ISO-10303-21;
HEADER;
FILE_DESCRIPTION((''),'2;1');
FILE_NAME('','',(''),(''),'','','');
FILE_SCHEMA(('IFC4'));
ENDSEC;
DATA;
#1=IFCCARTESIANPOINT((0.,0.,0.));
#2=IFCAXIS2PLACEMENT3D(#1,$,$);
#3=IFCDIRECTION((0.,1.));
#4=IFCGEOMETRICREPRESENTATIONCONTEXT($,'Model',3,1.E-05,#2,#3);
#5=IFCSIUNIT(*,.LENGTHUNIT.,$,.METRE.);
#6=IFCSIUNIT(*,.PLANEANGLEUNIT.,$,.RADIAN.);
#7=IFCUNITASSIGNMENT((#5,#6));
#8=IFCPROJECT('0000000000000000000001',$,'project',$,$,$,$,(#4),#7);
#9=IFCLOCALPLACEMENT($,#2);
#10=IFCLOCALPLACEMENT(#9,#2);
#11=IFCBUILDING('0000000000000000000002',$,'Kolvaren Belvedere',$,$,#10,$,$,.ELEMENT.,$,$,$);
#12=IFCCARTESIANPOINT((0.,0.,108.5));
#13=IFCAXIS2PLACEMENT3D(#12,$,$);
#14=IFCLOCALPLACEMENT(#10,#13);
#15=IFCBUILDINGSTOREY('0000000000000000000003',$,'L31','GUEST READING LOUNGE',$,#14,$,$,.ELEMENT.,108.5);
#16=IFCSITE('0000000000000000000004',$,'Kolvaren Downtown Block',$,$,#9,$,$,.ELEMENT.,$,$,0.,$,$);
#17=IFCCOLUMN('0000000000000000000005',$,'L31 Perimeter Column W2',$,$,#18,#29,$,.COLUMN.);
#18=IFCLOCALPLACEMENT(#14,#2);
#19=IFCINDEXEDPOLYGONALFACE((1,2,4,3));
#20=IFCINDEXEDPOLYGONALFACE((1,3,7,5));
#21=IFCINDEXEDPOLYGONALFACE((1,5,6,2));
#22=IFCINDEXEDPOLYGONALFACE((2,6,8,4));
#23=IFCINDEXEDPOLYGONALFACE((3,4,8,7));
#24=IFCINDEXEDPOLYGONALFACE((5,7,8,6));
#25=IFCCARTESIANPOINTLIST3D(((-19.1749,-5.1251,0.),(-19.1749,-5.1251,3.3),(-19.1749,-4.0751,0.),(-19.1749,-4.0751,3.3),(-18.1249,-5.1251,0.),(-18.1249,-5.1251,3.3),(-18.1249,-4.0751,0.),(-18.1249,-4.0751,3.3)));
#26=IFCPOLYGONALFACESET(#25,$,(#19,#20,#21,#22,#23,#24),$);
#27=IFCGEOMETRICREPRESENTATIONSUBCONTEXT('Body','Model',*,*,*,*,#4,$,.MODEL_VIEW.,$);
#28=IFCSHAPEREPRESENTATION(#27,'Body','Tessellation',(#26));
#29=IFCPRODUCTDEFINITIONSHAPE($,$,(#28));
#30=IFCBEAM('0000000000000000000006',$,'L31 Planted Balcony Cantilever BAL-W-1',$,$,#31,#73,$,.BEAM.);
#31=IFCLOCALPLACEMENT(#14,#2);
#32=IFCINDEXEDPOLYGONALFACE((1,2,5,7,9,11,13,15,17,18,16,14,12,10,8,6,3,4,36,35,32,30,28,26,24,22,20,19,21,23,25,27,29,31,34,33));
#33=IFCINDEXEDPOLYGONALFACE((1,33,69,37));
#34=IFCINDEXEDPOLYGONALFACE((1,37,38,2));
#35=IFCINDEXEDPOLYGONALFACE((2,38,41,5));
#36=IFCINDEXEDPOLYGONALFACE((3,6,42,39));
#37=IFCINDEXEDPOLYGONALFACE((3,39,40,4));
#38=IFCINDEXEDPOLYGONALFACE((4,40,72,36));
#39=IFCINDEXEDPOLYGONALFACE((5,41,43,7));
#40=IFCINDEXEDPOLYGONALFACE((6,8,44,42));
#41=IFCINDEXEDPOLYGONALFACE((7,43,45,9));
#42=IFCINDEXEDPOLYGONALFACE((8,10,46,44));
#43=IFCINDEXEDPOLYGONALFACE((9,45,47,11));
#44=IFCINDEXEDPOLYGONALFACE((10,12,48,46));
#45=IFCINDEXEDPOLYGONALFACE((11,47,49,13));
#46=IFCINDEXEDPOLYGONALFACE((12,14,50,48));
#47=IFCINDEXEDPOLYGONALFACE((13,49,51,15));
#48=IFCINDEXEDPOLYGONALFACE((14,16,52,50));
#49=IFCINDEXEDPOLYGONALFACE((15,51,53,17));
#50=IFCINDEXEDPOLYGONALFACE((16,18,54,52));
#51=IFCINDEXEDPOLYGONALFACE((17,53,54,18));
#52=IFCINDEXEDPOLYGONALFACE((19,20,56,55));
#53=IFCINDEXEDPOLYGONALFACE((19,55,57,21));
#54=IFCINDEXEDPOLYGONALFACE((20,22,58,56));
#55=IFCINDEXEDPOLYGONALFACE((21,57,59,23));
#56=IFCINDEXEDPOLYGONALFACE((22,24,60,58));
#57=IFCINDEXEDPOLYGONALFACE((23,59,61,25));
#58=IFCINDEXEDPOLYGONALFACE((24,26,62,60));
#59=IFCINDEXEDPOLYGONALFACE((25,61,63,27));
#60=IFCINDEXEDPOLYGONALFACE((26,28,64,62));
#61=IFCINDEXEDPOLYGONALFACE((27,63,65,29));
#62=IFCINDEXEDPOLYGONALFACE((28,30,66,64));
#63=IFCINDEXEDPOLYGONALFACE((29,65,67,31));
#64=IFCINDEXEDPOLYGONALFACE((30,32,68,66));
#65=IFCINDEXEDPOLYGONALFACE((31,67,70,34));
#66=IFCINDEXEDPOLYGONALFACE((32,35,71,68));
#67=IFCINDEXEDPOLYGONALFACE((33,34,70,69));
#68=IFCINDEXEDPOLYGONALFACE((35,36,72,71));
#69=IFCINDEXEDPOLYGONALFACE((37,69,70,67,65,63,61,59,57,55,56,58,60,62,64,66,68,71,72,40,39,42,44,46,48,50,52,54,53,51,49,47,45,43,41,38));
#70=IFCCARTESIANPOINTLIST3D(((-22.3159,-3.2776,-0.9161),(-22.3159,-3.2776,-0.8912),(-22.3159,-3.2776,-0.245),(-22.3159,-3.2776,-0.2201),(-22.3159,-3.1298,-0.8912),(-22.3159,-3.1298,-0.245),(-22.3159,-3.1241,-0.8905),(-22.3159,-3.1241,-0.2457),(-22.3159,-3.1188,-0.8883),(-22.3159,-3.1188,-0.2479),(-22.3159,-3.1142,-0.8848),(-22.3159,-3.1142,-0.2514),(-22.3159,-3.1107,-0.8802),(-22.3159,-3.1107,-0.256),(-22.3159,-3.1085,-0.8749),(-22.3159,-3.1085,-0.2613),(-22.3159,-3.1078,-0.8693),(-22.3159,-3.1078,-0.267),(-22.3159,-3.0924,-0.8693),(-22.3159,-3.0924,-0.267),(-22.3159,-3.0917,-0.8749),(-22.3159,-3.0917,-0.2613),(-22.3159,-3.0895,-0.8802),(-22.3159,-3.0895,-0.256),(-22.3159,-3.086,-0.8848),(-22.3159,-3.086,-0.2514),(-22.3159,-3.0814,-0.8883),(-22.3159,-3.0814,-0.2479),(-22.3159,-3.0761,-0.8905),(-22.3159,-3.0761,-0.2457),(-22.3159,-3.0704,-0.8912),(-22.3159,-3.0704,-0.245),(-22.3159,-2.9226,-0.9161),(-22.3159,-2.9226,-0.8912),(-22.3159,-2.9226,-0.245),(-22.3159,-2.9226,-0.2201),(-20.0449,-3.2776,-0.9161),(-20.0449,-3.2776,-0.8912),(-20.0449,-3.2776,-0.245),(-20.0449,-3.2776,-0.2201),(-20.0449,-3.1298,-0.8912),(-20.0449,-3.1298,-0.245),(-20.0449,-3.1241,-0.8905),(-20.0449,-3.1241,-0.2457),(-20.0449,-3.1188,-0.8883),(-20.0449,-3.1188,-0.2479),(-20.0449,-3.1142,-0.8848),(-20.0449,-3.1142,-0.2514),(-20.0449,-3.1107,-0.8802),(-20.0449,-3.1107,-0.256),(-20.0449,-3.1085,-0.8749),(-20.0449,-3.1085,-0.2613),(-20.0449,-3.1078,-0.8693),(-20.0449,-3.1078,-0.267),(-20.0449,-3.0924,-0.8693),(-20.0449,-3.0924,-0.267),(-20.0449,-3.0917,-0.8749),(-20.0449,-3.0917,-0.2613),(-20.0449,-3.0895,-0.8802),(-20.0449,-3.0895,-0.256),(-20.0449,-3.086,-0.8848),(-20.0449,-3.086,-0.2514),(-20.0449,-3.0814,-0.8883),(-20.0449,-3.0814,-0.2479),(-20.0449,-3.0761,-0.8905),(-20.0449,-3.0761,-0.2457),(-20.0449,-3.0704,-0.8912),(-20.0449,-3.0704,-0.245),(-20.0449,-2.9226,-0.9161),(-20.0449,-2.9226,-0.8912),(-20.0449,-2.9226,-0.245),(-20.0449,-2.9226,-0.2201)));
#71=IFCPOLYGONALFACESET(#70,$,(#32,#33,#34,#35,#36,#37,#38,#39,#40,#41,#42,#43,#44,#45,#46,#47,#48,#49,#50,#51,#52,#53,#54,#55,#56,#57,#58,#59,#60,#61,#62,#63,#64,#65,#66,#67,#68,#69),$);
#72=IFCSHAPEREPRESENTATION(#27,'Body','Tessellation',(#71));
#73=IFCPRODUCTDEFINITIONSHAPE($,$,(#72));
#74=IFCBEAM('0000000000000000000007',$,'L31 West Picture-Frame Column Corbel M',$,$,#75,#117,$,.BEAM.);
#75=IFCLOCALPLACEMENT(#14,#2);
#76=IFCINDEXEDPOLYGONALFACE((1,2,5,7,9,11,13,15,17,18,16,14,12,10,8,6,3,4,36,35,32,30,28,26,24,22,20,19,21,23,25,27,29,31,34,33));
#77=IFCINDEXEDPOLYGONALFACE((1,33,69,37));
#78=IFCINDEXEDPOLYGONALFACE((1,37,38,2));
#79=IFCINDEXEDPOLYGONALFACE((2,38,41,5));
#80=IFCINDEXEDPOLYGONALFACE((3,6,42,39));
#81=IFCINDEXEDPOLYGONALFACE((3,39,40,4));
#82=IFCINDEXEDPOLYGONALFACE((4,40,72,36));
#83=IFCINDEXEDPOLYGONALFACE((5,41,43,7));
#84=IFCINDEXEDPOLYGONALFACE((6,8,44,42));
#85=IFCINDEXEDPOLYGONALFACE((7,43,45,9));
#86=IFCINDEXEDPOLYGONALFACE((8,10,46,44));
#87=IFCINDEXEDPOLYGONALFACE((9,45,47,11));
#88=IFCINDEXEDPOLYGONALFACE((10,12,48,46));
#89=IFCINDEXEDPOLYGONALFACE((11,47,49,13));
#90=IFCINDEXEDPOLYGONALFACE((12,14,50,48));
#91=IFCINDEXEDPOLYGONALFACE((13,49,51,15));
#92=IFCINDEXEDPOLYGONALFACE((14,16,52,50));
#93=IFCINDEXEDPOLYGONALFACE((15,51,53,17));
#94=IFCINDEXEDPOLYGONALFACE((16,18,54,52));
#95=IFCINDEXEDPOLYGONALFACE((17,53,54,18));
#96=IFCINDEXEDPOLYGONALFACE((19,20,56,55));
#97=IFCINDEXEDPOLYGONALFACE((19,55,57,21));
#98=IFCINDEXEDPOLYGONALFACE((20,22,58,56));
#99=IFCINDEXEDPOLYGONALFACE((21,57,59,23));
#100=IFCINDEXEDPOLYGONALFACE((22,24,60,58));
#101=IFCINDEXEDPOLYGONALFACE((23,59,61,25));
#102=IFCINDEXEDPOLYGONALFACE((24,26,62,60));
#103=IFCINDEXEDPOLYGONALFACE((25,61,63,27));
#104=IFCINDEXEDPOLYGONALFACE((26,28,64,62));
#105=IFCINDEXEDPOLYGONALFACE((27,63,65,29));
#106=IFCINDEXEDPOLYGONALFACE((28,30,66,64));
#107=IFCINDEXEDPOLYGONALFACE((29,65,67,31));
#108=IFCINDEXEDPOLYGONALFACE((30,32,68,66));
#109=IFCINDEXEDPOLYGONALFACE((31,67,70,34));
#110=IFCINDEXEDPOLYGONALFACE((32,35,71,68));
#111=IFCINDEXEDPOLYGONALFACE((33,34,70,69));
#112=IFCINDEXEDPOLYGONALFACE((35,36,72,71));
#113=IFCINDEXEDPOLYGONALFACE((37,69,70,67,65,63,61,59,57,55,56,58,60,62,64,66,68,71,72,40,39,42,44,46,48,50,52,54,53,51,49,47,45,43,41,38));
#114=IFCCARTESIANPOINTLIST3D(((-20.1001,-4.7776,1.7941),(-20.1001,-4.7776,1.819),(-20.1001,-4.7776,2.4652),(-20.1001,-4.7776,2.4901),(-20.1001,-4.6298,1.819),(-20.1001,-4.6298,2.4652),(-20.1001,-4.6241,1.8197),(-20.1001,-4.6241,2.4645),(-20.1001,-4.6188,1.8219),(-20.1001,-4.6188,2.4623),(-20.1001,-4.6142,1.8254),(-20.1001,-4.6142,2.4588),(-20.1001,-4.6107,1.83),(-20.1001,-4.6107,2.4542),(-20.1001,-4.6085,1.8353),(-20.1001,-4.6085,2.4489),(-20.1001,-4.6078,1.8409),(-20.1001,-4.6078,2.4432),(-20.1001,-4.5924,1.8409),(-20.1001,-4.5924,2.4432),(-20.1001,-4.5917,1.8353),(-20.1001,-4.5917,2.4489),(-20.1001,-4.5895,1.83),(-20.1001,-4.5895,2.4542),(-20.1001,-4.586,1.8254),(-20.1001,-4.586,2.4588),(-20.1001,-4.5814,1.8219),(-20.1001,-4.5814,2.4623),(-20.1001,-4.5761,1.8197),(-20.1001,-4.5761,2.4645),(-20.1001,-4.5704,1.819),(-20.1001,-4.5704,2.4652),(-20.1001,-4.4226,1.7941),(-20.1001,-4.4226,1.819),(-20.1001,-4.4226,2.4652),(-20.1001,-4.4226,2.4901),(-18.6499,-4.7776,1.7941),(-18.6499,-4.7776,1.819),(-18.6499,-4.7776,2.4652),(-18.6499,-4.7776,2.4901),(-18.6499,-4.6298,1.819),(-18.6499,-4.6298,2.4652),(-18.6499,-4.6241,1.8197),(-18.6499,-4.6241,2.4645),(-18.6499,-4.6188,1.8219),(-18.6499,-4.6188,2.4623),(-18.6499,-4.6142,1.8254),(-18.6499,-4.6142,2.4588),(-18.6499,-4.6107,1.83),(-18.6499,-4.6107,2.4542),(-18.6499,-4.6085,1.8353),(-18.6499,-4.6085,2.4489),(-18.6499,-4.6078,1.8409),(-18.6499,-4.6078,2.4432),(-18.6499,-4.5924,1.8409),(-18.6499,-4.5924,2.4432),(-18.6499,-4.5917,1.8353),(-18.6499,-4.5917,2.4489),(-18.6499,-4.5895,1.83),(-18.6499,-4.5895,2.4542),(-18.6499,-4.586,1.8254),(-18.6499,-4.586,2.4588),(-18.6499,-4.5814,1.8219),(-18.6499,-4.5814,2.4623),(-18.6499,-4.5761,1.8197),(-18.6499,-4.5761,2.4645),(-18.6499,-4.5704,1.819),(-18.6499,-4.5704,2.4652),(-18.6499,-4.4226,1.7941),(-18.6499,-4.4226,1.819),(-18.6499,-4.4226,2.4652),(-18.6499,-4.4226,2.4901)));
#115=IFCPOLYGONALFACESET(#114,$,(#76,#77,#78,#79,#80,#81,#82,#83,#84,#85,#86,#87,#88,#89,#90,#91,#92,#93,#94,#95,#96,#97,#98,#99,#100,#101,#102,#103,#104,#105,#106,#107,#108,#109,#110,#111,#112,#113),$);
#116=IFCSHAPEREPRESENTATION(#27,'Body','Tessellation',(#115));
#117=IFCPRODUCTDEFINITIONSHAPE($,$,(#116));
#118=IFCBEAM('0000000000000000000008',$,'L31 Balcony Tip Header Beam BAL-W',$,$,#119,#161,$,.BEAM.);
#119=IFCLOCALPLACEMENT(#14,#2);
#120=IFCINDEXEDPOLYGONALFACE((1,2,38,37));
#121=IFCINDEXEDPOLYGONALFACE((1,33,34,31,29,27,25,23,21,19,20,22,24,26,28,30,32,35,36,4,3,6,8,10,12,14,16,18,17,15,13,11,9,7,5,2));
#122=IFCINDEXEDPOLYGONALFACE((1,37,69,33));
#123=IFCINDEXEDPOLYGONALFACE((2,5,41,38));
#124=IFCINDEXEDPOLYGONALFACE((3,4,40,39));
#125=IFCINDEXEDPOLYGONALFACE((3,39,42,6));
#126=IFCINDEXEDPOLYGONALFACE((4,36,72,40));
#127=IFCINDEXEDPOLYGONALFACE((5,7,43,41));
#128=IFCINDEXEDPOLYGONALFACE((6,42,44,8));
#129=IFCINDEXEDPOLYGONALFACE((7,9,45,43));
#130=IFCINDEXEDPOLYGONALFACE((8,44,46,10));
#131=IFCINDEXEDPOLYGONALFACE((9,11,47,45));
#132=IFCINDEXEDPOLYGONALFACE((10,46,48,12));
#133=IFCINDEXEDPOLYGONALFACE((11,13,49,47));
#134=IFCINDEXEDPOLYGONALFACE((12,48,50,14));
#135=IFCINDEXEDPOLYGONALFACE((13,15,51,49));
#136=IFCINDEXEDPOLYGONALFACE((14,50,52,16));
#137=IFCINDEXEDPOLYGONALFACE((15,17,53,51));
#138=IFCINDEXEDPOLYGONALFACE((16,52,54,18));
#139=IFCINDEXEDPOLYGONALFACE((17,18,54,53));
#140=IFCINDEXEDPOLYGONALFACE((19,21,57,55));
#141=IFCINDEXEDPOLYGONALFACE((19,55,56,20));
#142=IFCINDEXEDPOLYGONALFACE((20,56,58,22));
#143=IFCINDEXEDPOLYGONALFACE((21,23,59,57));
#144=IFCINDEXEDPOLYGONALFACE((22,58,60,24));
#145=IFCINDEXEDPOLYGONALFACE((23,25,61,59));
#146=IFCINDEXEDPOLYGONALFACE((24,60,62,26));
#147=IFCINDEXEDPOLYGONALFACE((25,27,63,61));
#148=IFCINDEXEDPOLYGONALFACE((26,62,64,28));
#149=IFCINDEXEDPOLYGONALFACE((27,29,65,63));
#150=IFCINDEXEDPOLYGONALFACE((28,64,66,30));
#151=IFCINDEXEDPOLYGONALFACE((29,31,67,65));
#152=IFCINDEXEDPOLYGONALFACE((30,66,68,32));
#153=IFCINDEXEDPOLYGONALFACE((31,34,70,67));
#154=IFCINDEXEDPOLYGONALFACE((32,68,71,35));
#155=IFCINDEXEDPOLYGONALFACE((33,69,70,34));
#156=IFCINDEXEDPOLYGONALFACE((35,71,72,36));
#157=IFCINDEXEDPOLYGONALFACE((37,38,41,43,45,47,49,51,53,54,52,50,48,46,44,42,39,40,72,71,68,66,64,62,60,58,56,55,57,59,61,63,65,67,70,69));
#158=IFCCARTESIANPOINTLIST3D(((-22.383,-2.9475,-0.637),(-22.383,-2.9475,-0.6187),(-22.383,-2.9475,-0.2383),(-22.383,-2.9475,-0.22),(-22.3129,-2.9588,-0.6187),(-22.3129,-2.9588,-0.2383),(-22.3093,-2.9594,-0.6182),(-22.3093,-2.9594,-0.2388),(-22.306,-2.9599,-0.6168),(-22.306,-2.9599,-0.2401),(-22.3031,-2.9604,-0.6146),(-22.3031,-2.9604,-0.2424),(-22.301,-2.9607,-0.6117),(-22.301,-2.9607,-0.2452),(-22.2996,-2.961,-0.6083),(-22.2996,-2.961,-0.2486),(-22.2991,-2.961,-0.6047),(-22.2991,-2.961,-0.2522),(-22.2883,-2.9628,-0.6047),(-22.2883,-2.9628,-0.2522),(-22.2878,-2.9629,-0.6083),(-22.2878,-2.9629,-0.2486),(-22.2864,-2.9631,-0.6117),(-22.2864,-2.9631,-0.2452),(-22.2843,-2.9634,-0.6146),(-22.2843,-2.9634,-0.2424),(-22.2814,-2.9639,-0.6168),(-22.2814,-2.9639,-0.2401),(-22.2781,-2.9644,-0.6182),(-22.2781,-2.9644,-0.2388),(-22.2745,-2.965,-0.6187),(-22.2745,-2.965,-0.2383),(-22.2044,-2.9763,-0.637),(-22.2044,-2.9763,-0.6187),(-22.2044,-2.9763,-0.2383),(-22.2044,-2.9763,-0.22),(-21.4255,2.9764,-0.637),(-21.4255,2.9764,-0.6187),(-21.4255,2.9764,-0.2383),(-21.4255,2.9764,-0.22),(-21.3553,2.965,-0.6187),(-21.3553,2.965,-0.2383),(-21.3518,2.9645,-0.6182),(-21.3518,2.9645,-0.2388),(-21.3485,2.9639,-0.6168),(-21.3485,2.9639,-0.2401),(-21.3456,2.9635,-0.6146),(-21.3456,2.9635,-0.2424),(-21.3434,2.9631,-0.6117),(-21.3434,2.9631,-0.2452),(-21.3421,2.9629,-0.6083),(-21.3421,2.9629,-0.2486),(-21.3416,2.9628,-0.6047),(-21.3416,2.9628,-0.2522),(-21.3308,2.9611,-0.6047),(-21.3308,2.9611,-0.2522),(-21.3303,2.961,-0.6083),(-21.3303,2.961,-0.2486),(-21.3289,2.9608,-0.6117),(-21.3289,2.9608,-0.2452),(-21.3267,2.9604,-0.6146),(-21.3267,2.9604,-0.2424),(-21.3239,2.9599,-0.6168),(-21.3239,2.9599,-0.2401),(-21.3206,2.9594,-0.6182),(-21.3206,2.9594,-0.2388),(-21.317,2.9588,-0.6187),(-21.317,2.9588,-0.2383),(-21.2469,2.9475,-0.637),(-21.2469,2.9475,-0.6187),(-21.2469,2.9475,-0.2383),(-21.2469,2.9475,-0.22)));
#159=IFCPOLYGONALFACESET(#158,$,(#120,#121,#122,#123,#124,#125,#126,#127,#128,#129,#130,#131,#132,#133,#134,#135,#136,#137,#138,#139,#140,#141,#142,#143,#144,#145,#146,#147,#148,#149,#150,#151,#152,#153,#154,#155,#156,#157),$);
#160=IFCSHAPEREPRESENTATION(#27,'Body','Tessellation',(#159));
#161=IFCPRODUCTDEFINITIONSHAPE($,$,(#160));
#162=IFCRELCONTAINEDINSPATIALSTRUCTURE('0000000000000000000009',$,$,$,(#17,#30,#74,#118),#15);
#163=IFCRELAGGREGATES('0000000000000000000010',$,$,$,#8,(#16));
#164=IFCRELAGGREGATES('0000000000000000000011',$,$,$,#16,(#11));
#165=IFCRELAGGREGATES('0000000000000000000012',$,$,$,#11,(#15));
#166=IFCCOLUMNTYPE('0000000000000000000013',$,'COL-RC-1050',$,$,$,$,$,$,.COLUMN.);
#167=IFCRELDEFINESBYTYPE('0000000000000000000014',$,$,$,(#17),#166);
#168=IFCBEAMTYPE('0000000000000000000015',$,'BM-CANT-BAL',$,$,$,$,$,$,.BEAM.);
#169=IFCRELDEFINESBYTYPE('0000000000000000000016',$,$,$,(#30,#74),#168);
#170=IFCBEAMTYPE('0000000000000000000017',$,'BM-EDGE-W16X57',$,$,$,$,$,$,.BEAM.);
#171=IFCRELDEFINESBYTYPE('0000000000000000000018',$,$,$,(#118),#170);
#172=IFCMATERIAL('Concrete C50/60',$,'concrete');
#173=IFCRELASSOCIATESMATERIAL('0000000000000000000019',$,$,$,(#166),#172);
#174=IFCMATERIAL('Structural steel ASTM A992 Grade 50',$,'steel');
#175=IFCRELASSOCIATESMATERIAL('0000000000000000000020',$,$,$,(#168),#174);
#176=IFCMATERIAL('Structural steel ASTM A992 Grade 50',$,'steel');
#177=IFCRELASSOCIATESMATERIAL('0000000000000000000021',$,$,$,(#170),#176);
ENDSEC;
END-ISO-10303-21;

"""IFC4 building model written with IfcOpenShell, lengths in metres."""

from ifc_helpers import new_model, si_unit, direction, frame, origin, origin_2d, place, context, subcontext, project, spatial, rectangle, i_section, extrude, material, material_profile, profile_set, type_object, element, save


model = new_model("IFC4")

# Units and contexts
model_context = context("Model", 3, precision=1e-05, world=origin(), true_north=direction((0.0, 1.0)))
body_context = subcontext(model_context, "Body", "Model", "MODEL_VIEW")
ifc_project = project(units=[si_unit("LENGTHUNIT", "METRE"), si_unit("PLANEANGLEUNIT", "RADIAN")], contexts=[model_context])

# Site, building, storey
site_placement = place(None, origin())
site = spatial("IfcSite", under=ifc_project, at=site_placement, Name="Kolvaren Downtown Block", CompositionType="ELEMENT", RefElevation=0.0)
building_placement = place(site_placement, origin())
building = spatial("IfcBuilding", under=site, at=building_placement, Name="Kolvaren Belvedere", CompositionType="ELEMENT")
storey_placement = place(building_placement, frame((0.0, 0.0, 108.5)))
storey = spatial("IfcBuildingStorey", under=building, at=storey_placement, Name="L31", Description="GUEST READING LOUNGE", CompositionType="ELEMENT", Elevation=108.5)

# Column
ifc_material_1 = material(Name="Concrete C50/60", Category="concrete")
ifc_material_profile_1 = material_profile(ifc_material_1, rectangle(XDim=1.05, YDim=1.05, at=origin_2d()), Name="RC 1050X1050")
ifc_profile_set_1 = profile_set([ifc_material_profile_1], Name="Concrete C50/60")
column_type = type_object("IfcColumnType", Name="COL-RC-1050", PredefinedType="COLUMN", material=ifc_profile_set_1)
column_placement = place(storey_placement, frame((-18.6499, -4.6001, 0.0), z_axis=(0.0, 0.0, 1.0), x_axis=(1.0, 0.0, 0.0)))
element("IfcColumn", 1, at=column_placement, inside=storey, type_object=column_type, Name="L31 Perimeter Column W2", PredefinedType="COLUMN", context=body_context, shape_type="SweptSolid", body=[
    extrude(rectangle(XDim=1.05, YDim=1.05, at=origin_2d()), origin(), (0.0, 0.0, 1.0), 3.3),
])

# Beams
ifc_material_2 = material(Name="Structural steel ASTM A992 Grade 50", Category="steel")
ifc_material_profile_2 = material_profile(ifc_material_2, i_section(OverallWidth=0.355, OverallDepth=0.696, WebThickness=0.0154, FlangeThickness=0.0249, FilletRadius=0.022, at=origin_2d()), Name="W27X146")
ifc_profile_set_2 = profile_set([ifc_material_profile_2], Name="Structural steel ASTM A992 Grade 50")
beam_type_1 = type_object("IfcBeamType", Name="BM-CANT-BAL", PredefinedType="BEAM", material=ifc_profile_set_2)
beam_1_placement = place(storey_placement, frame((-20.0449, -3.1001, -0.5681), z_axis=(-1.0, 0.0, 0.0), x_axis=(0.0, -1.0, 0.0)))
element("IfcBeam", 2, at=beam_1_placement, inside=storey, type_object=beam_type_1, Name="L31 Planted Balcony Cantilever BAL-W-1", PredefinedType="BEAM", context=body_context, shape_type="SweptSolid", body=[
    extrude(i_section(OverallWidth=0.355, OverallDepth=0.696, WebThickness=0.0154, FlangeThickness=0.0249, FilletRadius=0.022, at=origin_2d()), origin(), (0.0, 0.0, 1.0), 2.271),
])
beam_2_placement = place(storey_placement, frame((-18.6499, -4.6001, 2.1421), z_axis=(-1.0, 0.0, 0.0), x_axis=(0.0, -1.0, 0.0)))
element("IfcBeam", 3, at=beam_2_placement, inside=storey, type_object=beam_type_1, Name="L31 West Picture-Frame Column Corbel M", PredefinedType="BEAM", context=body_context, shape_type="SweptSolid", body=[
    extrude(i_section(OverallWidth=0.355, OverallDepth=0.696, WebThickness=0.0154, FlangeThickness=0.0249, FilletRadius=0.022, at=origin_2d()), origin(), (0.0, 0.0, 1.0), 1.4502),
])
ifc_material_3 = material(Name="Structural steel ASTM A992 Grade 50", Category="steel")
ifc_material_profile_3 = material_profile(ifc_material_3, i_section(OverallWidth=0.1809, OverallDepth=0.417, WebThickness=0.011, FlangeThickness=0.0183, FilletRadius=0.0139, at=origin_2d()), Name="W16X57")
ifc_profile_set_3 = profile_set([ifc_material_profile_3], Name="Structural steel ASTM A992 Grade 50")
beam_type_2 = type_object("IfcBeamType", Name="BM-EDGE-W16X57", PredefinedType="BEAM", material=ifc_profile_set_3)
beam_3_placement = place(storey_placement, frame((-22.2937, -2.9619, -0.4285), z_axis=(0.159568, 0.987187, 0.0), x_axis=(-0.987187, 0.159568, 0.0)))
element("IfcBeam", 4, at=beam_3_placement, inside=storey, type_object=beam_type_2, Name="L31 Balcony Tip Header Beam BAL-W", PredefinedType="BEAM", context=body_context, shape_type="SweptSolid", body=[
    extrude(i_section(OverallWidth=0.1809, OverallDepth=0.417, WebThickness=0.011, FlangeThickness=0.0183, FilletRadius=0.0139, at=origin_2d()), origin(), (0.0, 0.0, 1.0), 6.0007),
])

save(model, "model.ifc")
